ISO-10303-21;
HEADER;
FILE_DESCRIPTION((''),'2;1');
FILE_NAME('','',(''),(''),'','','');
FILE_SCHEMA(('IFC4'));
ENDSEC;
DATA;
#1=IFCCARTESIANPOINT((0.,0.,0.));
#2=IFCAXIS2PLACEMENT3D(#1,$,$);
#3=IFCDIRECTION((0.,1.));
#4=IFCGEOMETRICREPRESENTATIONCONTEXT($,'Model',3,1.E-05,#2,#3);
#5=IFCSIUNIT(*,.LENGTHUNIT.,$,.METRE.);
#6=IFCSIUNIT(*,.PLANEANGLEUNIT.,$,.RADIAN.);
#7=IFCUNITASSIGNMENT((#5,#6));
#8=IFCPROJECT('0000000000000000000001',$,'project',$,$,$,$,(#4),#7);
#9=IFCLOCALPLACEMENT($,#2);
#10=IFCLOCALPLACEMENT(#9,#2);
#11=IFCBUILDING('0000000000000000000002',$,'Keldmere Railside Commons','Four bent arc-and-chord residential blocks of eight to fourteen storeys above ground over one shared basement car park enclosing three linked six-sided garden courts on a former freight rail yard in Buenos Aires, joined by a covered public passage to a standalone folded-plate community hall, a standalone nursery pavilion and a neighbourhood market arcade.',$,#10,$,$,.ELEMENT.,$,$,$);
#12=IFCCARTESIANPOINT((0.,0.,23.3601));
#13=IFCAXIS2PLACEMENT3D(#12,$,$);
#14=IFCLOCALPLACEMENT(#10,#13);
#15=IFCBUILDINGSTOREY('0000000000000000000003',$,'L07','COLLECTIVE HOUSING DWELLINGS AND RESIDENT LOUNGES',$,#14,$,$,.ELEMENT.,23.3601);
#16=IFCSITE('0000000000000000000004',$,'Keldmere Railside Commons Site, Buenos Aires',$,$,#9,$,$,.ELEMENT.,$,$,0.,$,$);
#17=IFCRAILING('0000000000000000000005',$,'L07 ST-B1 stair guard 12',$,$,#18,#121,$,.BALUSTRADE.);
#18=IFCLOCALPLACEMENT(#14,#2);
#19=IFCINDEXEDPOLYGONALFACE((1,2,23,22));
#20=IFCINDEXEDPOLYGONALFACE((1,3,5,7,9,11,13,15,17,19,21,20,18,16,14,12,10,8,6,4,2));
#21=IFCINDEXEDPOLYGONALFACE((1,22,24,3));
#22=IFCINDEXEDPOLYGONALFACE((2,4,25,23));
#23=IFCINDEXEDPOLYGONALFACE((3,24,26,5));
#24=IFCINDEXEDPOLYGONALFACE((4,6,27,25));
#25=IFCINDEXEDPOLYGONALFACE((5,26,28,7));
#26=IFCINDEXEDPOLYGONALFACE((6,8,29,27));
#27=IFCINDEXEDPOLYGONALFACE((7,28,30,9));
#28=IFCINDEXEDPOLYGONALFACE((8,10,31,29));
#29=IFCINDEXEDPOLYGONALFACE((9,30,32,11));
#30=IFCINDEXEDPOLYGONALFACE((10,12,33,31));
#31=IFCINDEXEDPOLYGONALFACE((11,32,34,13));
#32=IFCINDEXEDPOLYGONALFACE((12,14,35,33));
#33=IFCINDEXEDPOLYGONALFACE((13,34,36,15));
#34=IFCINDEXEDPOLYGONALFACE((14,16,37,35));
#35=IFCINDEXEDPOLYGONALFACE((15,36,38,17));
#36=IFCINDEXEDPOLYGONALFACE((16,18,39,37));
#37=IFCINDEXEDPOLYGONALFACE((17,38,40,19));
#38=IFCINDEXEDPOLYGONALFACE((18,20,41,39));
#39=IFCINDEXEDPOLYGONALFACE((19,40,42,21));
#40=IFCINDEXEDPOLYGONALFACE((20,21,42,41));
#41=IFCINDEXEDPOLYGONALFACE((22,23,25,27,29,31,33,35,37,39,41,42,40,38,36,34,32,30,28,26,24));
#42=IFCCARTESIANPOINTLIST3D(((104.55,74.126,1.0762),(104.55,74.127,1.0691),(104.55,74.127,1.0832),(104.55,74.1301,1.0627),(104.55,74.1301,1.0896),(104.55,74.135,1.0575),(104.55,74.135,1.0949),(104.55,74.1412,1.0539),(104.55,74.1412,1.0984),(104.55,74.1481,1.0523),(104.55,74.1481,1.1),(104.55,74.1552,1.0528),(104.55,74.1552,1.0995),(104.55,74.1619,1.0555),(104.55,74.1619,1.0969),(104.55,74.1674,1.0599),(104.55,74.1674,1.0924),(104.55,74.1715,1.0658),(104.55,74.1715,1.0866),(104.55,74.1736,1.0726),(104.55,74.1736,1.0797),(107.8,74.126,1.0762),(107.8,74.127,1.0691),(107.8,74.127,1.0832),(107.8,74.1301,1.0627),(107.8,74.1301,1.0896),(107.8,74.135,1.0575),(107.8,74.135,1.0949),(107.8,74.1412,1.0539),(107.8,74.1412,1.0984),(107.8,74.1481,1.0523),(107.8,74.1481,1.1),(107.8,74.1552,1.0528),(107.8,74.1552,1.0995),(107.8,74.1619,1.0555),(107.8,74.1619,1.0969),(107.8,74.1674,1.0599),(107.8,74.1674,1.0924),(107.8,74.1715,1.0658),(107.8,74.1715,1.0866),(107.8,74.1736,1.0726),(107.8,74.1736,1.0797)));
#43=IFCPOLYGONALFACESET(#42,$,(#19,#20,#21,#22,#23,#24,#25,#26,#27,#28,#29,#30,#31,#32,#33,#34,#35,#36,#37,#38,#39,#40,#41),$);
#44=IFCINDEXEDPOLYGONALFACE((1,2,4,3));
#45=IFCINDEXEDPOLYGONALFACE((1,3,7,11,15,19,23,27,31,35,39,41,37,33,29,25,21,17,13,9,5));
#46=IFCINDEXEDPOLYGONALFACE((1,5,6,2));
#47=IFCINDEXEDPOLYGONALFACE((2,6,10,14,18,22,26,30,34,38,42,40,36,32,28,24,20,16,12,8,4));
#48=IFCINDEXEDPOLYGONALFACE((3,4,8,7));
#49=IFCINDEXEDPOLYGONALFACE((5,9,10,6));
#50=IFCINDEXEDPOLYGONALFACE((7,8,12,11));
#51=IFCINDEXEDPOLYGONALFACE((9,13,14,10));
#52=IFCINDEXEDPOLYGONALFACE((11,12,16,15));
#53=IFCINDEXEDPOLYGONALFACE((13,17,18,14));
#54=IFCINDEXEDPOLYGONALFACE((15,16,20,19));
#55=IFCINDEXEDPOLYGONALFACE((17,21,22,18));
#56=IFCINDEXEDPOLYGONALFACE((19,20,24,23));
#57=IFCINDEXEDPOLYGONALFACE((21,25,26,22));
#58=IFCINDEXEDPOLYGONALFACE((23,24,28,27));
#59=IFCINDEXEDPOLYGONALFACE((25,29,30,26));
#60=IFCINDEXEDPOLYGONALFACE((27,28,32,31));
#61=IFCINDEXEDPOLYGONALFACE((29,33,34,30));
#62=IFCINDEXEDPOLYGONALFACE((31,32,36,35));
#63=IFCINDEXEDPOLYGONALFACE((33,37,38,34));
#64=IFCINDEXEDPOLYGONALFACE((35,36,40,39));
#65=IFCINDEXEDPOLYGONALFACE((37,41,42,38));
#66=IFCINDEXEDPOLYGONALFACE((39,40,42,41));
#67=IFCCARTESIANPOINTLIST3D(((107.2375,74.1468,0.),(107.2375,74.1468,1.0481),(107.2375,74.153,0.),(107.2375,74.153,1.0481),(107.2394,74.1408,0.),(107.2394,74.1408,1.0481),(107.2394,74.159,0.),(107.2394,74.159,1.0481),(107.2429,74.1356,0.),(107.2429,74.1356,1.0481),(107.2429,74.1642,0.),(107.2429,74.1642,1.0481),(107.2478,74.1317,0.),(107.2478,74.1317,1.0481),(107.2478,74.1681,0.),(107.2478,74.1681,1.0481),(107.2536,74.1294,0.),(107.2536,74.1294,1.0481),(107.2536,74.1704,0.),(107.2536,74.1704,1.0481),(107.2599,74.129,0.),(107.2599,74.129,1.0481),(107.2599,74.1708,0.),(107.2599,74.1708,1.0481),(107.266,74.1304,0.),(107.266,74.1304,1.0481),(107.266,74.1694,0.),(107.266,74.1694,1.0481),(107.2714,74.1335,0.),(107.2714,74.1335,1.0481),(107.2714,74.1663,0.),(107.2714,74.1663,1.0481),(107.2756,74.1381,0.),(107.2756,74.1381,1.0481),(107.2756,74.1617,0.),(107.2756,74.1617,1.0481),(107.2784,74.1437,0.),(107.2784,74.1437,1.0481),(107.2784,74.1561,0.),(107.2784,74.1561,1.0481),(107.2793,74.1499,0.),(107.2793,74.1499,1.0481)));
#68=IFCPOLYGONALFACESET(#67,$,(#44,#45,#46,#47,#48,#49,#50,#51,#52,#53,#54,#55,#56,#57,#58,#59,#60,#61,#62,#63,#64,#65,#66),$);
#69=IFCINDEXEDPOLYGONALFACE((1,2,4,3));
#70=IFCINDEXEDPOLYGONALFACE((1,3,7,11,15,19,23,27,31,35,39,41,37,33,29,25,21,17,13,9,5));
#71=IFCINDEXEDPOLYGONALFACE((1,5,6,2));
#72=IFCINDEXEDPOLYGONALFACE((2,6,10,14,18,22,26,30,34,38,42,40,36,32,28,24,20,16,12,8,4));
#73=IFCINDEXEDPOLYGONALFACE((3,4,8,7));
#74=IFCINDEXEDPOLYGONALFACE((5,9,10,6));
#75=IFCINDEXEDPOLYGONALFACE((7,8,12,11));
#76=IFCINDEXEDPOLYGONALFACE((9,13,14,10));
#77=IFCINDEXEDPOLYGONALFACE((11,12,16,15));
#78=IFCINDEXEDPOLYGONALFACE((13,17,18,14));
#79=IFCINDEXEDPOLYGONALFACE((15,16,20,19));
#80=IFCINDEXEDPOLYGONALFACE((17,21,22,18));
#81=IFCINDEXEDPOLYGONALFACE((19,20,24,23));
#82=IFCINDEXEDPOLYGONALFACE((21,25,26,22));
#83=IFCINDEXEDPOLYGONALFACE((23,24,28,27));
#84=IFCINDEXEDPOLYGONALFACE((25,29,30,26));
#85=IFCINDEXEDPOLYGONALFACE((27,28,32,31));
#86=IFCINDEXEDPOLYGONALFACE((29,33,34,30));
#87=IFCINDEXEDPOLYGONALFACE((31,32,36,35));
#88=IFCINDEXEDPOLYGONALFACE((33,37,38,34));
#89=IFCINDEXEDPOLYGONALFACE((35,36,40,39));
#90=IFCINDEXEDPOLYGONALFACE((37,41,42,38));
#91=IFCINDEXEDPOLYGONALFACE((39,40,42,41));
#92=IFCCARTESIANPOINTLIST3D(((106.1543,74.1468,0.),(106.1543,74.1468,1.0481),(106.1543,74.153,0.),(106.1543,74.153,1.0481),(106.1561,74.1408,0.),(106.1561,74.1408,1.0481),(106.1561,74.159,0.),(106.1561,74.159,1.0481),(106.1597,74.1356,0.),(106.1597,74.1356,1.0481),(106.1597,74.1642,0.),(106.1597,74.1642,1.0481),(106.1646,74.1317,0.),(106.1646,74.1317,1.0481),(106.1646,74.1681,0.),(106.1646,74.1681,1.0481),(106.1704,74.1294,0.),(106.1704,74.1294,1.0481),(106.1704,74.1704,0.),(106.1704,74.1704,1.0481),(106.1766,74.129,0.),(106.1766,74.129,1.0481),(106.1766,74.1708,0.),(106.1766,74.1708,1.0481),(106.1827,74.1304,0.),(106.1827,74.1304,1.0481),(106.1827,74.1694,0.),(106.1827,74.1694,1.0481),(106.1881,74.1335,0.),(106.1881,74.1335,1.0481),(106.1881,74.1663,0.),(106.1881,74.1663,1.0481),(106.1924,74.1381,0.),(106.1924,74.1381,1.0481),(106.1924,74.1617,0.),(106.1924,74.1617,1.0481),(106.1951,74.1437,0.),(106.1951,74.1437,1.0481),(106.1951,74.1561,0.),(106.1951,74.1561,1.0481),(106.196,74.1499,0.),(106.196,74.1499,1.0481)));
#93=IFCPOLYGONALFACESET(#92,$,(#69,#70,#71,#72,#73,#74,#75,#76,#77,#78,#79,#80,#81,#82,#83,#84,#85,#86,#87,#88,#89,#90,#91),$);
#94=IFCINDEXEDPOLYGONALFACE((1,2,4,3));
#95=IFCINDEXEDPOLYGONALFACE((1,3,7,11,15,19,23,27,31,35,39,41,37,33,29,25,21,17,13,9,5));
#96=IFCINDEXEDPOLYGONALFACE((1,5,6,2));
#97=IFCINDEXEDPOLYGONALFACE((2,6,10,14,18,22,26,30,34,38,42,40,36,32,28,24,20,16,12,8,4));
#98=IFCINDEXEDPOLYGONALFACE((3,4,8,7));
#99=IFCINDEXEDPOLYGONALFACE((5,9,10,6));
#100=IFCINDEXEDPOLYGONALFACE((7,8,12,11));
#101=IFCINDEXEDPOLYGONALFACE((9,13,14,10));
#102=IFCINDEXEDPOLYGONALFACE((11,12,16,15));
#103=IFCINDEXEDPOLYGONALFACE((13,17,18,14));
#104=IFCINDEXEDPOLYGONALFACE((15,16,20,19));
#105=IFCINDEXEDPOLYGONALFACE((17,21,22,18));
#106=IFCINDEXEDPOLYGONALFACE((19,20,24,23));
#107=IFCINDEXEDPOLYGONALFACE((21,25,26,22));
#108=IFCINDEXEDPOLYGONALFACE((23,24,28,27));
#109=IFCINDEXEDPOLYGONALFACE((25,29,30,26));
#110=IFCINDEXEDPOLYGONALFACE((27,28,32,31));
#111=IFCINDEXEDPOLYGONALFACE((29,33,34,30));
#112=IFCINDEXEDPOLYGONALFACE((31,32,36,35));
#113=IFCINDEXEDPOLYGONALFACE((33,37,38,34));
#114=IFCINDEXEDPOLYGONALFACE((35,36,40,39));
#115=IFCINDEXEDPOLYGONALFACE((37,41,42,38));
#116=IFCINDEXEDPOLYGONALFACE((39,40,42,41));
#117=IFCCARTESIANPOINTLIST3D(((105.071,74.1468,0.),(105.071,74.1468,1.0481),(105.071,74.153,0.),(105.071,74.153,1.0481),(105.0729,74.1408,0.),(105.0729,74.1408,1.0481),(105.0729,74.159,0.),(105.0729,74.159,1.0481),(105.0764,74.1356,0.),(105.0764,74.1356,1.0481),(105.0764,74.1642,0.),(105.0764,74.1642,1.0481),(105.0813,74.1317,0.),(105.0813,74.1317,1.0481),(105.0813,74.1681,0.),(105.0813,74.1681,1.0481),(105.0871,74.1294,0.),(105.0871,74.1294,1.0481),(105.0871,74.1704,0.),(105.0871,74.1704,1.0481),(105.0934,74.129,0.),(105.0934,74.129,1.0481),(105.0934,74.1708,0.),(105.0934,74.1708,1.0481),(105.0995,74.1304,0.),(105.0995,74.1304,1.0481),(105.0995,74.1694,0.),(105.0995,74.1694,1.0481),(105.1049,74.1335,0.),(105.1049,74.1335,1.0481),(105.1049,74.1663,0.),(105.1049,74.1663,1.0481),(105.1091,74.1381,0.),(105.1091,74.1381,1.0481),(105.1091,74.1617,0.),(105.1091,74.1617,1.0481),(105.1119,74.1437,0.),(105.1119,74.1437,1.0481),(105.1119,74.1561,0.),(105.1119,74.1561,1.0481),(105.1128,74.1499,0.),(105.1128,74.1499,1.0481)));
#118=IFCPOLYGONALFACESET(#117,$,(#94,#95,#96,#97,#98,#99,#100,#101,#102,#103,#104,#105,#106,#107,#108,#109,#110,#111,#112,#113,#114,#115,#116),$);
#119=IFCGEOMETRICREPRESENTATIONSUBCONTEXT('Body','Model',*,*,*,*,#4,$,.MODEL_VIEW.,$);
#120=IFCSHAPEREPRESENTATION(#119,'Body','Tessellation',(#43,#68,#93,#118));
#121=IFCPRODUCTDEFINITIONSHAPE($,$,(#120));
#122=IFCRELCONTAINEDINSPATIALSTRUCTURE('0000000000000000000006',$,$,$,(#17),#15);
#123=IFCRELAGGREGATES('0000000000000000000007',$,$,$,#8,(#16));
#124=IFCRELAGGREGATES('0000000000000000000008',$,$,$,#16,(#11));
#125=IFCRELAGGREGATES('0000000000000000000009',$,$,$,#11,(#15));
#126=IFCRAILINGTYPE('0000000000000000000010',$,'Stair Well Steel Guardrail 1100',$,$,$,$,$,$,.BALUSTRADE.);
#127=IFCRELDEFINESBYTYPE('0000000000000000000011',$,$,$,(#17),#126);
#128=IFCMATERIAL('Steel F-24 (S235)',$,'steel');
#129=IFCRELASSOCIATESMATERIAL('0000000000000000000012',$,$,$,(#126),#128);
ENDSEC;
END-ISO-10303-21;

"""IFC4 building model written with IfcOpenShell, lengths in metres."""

from ifc_helpers import new_model, si_unit, direction, frame, origin, origin_2d, place, context, subcontext, project, spatial, circle, extrude, material, type_object, element, save


model = new_model("IFC4")

# Units and contexts
model_context = context("Model", 3, precision=1e-05, world=origin(), true_north=direction((0.0, 1.0)))
body_context = subcontext(model_context, "Body", "Model", "MODEL_VIEW")
ifc_project = project(units=[si_unit("LENGTHUNIT", "METRE"), si_unit("PLANEANGLEUNIT", "RADIAN")], contexts=[model_context])

# Site, building, storey
site_placement = place(None, origin())
site = spatial("IfcSite", under=ifc_project, at=site_placement, Name="Keldmere Railside Commons Site, Buenos Aires", CompositionType="ELEMENT", RefElevation=0.0)
building_placement = place(site_placement, origin())
building = spatial("IfcBuilding", under=site, at=building_placement, Name="Keldmere Railside Commons", Description="Four bent arc-and-chord residential blocks of eight to fourteen storeys above ground over one shared basement car park enclosing three linked six-sided garden courts on a former freight rail yard in Buenos Aires, joined by a covered public passage to a standalone folded-plate community hall, a standalone nursery pavilion and a neighbourhood market arcade.", CompositionType="ELEMENT")
storey_placement = place(building_placement, frame((0.0, 0.0, 23.3601)))
storey = spatial("IfcBuildingStorey", under=building, at=storey_placement, Name="L07", Description="COLLECTIVE HOUSING DWELLINGS AND RESIDENT LOUNGES", CompositionType="ELEMENT", Elevation=23.3601)

# Railing
ifc_material_1 = material(Name="Steel F-24 (S235)", Category="steel")
railing_type_1 = type_object("IfcRailingType", Name="Stair Well Steel Guardrail 1100", PredefinedType="BALUSTRADE", material=ifc_material_1)
railing_1_placement = place(storey_placement, frame((107.8, 74.1499, 0.0)))
element("IfcRailing", 1, at=railing_1_placement, inside=storey, type_object=railing_type_1, Name="L07 ST-B1 stair guard 12", PredefinedType="BALUSTRADE", context=body_context, shape_type="SweptSolid", body=[
    extrude(circle(Radius=0.0239, at=origin_2d()), frame((0.0, 0.0, 1.0762), z_axis=(-1.0, 0.0, 0.0), x_axis=(0.0, -1.0, 0.0)), (0.0, 0.0, 1.0), 3.25),
    extrude(circle(Radius=0.021, at=origin_2d()), frame((-0.5417, 0.0, 0.0)), (0.0, 0.0, 1.0), 1.0481),
    extrude(circle(Radius=0.021, at=origin_2d()), frame((-1.625, 0.0, 0.0)), (0.0, 0.0, 1.0), 1.0481),
    extrude(circle(Radius=0.021, at=origin_2d()), frame((-2.7083, 0.0, 0.0)), (0.0, 0.0, 1.0), 1.0481),
])

save(model, "model.ifc")
